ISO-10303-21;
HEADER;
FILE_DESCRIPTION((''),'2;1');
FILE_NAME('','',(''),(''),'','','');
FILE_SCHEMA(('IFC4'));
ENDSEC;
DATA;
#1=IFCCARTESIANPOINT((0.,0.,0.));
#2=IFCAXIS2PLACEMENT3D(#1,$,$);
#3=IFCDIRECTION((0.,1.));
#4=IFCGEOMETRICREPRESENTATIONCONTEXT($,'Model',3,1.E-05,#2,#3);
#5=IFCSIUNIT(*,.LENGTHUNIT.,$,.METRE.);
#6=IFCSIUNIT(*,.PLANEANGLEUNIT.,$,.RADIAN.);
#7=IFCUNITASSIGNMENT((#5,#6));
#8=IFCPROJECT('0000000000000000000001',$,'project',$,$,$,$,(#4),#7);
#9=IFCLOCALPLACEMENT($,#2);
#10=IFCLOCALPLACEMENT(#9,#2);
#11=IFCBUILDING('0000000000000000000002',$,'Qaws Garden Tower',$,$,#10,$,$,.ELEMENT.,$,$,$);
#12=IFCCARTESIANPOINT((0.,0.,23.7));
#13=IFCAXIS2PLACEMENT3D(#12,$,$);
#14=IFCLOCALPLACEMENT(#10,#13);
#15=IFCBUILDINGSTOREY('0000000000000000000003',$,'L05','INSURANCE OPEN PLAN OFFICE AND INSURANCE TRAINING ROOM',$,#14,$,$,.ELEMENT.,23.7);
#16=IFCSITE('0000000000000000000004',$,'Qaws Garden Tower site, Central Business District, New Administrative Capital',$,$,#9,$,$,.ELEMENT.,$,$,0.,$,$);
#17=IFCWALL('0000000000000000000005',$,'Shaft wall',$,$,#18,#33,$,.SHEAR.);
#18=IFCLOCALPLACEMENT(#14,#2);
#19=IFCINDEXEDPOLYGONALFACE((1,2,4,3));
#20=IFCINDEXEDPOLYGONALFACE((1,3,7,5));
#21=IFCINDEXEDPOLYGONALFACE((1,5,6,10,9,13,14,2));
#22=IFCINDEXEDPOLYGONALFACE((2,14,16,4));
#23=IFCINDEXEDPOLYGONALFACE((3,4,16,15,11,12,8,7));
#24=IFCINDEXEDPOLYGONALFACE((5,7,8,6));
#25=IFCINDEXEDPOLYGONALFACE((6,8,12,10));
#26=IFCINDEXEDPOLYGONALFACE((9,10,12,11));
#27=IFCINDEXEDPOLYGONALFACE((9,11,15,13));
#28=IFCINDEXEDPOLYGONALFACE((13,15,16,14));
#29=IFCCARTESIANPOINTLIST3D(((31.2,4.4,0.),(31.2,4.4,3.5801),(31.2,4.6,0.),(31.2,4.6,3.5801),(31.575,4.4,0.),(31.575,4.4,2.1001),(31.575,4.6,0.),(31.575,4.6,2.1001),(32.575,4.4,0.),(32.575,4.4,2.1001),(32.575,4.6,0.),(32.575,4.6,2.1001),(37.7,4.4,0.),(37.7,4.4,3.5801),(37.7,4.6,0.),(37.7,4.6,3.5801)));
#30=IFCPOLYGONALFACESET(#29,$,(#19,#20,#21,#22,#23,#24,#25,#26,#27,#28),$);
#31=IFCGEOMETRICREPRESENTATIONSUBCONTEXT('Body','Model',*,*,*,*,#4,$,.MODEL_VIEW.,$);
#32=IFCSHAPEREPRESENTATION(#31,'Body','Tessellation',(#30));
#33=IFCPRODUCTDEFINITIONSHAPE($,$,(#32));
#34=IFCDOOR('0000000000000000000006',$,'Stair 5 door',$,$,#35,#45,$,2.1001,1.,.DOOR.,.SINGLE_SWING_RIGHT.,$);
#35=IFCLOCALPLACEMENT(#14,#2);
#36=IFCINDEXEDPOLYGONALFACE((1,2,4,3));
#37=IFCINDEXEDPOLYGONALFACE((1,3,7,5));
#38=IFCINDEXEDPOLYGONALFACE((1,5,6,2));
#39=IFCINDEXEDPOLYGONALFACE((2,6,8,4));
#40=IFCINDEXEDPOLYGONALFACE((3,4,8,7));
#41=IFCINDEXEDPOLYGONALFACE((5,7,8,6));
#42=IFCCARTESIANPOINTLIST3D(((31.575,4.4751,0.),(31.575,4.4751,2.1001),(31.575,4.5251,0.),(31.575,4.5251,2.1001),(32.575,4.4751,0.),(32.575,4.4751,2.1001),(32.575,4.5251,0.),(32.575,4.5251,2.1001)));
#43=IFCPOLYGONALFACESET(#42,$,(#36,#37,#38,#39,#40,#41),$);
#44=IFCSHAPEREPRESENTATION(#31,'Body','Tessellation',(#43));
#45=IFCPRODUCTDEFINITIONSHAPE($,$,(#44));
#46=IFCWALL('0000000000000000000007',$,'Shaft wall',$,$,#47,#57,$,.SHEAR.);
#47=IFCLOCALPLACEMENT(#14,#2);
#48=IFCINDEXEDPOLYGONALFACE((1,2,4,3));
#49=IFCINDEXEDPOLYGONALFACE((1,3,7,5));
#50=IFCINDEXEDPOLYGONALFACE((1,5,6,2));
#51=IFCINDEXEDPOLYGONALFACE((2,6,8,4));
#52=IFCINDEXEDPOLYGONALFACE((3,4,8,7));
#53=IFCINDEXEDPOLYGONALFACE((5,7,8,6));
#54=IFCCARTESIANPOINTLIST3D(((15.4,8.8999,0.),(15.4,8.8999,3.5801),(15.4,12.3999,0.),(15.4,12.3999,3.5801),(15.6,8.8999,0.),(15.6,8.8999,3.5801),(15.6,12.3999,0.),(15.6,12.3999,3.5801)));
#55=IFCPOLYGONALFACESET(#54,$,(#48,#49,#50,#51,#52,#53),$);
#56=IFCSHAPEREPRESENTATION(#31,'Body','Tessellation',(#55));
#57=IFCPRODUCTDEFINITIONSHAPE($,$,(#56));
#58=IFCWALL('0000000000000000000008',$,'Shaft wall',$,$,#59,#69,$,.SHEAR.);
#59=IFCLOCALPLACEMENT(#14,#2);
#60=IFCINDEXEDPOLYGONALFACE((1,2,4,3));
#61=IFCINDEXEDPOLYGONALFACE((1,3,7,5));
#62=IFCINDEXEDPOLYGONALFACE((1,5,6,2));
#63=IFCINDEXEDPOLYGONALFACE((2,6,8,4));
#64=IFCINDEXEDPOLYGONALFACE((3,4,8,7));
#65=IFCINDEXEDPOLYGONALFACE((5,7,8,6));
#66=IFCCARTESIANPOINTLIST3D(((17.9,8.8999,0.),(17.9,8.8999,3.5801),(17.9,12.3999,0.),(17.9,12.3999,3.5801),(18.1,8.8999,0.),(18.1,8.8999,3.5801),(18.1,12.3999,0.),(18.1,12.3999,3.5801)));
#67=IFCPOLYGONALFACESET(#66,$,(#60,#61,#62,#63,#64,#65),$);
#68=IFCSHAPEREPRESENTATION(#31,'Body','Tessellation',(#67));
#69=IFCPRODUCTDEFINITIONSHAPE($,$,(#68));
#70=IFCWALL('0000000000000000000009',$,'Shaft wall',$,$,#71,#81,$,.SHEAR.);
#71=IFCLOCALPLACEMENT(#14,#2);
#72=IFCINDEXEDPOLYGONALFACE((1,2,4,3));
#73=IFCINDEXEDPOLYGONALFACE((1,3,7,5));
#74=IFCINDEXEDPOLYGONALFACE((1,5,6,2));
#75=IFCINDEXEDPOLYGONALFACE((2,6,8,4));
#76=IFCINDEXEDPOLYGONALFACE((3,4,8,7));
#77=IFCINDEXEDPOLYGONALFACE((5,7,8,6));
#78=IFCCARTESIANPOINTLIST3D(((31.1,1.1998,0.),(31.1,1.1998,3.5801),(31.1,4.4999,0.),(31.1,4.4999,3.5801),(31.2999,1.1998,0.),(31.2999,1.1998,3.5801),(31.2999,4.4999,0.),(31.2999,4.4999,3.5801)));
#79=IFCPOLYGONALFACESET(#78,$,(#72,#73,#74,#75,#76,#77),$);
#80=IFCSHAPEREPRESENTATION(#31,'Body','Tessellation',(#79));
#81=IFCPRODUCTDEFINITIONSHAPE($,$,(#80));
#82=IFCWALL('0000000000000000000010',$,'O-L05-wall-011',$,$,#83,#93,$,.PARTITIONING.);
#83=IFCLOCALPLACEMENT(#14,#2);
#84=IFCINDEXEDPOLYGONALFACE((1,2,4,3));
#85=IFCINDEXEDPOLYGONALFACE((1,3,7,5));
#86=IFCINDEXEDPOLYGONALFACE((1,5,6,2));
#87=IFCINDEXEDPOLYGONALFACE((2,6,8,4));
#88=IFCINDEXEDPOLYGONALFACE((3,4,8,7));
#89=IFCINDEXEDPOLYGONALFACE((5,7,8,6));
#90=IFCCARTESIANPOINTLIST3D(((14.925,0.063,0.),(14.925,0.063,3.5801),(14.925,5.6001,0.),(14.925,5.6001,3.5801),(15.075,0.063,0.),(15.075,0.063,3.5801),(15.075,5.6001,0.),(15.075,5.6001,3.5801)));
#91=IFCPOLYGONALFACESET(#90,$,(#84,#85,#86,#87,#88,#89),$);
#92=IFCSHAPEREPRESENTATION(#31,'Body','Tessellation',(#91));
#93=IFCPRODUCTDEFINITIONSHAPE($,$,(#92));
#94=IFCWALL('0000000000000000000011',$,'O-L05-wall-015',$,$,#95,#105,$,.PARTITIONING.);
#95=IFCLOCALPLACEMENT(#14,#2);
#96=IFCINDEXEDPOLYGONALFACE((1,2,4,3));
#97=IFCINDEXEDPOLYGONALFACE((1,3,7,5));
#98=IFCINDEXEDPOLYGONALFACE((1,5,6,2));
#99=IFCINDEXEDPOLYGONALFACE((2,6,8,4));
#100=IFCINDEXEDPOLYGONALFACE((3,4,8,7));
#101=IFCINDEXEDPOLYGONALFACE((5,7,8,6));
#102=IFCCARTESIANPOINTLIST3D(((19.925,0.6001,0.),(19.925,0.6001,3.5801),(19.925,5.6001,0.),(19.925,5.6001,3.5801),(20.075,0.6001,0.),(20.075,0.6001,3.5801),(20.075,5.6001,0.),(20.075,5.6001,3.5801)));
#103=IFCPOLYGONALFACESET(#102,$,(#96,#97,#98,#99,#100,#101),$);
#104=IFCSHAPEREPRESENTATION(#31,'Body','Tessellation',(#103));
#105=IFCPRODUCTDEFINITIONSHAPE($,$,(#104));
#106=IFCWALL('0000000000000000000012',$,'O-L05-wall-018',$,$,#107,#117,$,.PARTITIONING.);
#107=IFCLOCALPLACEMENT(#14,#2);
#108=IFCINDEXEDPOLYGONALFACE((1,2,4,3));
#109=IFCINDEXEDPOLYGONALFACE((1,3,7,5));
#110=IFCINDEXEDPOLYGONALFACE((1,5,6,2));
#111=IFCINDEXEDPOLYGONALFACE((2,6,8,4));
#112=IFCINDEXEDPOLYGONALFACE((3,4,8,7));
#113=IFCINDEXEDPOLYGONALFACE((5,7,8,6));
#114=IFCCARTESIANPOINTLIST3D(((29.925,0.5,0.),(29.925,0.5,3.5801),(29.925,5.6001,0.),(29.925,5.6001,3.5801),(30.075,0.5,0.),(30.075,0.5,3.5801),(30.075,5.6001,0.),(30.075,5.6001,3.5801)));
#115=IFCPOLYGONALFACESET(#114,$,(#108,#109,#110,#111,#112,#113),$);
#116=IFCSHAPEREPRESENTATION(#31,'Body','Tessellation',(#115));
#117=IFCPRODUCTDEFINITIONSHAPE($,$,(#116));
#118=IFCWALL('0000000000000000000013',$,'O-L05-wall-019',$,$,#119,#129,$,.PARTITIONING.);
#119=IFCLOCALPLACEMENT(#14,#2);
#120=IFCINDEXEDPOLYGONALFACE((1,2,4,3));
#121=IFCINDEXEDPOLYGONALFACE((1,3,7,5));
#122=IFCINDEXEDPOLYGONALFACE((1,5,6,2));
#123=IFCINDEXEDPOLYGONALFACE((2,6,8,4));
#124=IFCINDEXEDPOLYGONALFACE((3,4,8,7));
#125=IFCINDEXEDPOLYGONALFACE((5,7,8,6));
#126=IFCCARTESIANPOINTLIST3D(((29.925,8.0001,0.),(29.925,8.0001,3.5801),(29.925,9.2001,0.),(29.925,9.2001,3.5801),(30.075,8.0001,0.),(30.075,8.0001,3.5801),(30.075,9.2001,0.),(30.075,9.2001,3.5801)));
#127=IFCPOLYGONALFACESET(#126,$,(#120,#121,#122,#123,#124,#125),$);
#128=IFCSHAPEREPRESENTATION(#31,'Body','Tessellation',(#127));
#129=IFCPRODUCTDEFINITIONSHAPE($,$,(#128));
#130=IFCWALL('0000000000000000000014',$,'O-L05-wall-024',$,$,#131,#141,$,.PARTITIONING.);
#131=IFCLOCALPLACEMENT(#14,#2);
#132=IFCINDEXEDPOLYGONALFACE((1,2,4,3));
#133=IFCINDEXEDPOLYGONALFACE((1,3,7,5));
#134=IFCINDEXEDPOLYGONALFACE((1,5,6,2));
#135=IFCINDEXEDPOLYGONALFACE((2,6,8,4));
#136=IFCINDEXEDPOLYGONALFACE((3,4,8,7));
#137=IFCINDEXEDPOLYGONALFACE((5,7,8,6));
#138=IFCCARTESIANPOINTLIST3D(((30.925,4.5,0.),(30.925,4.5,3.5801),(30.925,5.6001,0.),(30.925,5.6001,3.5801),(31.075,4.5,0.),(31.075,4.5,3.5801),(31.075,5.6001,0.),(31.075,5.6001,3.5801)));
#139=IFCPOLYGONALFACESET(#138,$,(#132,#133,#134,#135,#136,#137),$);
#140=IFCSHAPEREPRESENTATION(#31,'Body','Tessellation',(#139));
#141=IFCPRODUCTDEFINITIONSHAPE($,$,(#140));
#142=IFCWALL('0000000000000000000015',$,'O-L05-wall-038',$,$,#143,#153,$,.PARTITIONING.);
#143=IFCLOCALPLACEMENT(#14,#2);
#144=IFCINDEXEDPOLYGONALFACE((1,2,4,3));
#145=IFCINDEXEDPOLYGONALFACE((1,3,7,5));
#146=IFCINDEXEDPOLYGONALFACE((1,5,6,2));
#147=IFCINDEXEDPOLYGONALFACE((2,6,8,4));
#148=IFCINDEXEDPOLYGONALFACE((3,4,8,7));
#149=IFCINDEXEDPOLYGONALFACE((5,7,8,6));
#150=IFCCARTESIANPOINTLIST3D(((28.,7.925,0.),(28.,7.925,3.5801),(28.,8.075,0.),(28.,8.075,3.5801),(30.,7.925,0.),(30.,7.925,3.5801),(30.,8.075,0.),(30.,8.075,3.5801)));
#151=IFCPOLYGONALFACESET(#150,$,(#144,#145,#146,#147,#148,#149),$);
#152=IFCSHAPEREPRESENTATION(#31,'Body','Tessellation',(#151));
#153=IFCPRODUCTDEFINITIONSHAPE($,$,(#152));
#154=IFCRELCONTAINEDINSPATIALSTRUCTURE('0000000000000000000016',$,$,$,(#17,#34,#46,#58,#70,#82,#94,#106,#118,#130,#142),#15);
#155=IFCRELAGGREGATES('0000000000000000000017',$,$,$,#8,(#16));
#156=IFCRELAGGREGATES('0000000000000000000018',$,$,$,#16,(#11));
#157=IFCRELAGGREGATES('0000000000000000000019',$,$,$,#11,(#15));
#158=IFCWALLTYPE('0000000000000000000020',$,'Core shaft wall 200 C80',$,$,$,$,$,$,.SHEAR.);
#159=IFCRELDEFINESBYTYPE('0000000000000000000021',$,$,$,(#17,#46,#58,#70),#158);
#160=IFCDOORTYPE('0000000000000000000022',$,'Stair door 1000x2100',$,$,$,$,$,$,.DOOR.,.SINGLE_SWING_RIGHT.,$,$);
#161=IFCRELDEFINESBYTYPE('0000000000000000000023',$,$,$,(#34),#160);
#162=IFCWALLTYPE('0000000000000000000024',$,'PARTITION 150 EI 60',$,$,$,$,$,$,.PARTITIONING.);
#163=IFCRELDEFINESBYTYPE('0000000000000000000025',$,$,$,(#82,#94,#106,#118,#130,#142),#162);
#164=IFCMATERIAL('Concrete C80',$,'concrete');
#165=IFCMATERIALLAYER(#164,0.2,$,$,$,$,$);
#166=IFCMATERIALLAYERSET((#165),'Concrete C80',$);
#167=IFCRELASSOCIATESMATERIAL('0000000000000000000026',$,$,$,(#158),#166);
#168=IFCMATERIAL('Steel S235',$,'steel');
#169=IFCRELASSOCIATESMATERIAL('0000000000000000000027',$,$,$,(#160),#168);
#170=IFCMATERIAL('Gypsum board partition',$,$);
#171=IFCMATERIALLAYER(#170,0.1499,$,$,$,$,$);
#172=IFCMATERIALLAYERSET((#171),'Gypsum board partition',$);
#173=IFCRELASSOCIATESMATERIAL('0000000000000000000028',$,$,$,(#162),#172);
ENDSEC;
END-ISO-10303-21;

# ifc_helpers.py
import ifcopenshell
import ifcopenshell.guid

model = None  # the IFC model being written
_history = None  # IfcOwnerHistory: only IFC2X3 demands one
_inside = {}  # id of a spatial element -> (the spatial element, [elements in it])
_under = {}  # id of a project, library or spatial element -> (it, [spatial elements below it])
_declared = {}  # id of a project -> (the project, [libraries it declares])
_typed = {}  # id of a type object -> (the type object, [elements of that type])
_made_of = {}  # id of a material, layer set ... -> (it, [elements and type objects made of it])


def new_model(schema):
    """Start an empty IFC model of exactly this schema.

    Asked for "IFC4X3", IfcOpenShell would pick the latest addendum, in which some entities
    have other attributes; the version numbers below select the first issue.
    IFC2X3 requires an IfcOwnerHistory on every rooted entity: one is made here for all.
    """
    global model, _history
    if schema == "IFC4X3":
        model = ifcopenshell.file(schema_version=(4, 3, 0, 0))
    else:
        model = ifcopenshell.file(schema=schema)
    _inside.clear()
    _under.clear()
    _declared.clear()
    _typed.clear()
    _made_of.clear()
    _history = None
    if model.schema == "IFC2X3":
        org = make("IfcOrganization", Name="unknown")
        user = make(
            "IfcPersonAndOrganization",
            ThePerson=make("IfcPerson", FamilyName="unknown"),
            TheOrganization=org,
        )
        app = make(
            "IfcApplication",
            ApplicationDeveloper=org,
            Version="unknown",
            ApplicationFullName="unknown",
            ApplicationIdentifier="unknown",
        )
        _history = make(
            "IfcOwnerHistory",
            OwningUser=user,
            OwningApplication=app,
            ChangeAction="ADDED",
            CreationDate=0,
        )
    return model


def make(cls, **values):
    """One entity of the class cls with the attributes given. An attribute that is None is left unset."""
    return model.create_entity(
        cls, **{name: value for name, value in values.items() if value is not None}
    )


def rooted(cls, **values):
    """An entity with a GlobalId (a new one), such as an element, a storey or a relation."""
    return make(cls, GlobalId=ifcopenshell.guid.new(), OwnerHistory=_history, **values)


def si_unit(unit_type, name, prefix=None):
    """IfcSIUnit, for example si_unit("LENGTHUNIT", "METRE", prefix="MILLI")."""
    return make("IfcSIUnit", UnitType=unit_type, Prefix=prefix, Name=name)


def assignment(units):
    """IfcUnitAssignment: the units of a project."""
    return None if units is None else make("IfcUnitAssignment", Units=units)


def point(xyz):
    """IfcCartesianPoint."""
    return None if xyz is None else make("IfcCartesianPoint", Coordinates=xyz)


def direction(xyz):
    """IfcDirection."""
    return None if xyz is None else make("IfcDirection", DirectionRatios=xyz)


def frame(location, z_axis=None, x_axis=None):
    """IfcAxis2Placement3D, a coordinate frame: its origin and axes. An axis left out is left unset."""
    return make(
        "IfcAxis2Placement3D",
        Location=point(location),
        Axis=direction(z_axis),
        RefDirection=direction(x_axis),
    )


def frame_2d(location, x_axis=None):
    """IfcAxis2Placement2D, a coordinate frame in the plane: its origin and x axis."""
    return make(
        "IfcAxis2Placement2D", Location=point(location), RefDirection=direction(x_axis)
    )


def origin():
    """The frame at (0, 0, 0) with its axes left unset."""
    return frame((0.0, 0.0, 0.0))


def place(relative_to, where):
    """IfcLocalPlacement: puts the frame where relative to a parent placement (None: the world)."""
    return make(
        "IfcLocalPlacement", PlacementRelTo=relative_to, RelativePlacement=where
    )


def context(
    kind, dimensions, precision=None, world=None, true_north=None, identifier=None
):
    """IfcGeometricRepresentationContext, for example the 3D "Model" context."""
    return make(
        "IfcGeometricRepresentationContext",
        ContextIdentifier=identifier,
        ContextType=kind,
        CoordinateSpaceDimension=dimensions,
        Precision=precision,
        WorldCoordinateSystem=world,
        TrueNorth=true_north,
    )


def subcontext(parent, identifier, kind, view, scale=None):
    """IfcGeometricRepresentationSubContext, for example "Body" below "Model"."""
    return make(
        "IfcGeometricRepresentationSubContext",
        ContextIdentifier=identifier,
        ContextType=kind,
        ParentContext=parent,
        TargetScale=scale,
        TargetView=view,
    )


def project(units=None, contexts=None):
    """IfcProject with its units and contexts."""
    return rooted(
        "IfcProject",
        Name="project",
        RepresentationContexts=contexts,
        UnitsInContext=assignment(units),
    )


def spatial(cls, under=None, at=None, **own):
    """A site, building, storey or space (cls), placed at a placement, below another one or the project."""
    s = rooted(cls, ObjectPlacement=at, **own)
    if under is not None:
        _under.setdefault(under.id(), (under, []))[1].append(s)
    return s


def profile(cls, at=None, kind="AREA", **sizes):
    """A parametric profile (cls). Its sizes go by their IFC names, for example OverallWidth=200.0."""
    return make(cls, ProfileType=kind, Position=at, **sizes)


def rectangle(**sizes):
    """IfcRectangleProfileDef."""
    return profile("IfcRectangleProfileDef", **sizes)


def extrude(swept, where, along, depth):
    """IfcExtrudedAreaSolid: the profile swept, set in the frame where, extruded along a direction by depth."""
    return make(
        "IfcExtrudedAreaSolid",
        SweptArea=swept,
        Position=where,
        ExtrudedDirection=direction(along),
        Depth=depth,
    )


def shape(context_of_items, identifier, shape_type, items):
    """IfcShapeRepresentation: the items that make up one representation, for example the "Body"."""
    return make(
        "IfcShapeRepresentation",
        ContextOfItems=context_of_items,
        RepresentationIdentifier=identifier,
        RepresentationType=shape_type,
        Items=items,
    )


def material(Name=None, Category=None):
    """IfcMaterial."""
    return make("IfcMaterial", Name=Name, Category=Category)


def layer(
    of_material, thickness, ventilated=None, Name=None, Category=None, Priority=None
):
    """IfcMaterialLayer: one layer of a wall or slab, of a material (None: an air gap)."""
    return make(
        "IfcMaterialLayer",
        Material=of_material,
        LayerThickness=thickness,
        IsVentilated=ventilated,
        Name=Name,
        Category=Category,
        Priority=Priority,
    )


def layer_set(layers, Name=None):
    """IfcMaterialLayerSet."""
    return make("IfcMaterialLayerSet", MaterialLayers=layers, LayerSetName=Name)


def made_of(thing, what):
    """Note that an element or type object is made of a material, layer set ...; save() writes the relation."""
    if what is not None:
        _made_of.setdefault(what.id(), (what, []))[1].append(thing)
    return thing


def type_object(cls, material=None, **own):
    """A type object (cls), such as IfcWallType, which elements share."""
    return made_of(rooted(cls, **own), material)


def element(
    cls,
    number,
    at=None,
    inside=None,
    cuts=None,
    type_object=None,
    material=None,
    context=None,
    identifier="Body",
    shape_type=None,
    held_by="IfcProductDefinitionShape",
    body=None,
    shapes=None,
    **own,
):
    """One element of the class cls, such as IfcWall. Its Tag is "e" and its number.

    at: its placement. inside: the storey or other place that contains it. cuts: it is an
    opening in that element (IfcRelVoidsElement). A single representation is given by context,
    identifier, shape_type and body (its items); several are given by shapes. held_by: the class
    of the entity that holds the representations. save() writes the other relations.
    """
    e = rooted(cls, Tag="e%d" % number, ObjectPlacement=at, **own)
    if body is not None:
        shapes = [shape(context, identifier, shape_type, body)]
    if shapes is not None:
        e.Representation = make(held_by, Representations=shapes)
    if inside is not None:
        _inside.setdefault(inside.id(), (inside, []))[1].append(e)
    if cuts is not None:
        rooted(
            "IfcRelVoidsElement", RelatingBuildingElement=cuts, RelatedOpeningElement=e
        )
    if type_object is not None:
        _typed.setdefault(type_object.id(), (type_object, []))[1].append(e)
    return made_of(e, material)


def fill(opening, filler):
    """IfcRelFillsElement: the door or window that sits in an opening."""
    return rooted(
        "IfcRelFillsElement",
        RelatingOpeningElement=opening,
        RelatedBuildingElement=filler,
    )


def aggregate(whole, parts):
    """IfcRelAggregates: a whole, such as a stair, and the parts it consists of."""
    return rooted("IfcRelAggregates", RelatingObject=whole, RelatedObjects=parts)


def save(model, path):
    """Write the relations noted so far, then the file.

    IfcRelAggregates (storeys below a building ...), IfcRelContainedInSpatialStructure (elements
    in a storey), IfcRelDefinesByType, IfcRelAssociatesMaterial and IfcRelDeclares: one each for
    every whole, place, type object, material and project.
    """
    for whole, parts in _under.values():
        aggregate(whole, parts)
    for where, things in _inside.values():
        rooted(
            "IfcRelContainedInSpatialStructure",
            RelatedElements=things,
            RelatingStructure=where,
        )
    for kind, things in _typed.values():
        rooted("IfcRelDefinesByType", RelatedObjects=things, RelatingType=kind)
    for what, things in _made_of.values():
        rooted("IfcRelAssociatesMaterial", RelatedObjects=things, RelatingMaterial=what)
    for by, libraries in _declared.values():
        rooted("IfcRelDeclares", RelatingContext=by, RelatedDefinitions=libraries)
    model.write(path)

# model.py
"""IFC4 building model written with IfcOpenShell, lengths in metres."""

from ifc_helpers import new_model, si_unit, direction, frame, frame_2d, origin, place, context, subcontext, project, spatial, rectangle, extrude, material, layer, layer_set, type_object, element, fill, save


model = new_model("IFC4")

# Units and contexts
model_context = context("Model", 3, precision=1e-05, world=origin(), true_north=direction((0.0, 1.0)))
body_context = subcontext(model_context, "Body", "Model", "MODEL_VIEW")
ifc_project = project(units=[si_unit("LENGTHUNIT", "METRE"), si_unit("PLANEANGLEUNIT", "RADIAN")], contexts=[model_context])

# Site, building, storey
site_placement = place(None, origin())
site = spatial("IfcSite", under=ifc_project, at=site_placement, Name="Qaws Garden Tower site, Central Business District, New Administrative Capital", CompositionType="ELEMENT", RefElevation=0.0)
building_placement = place(site_placement, origin())
building = spatial("IfcBuilding", under=site, at=building_placement, Name="Qaws Garden Tower", CompositionType="ELEMENT")
storey_placement = place(building_placement, frame((0.0, 0.0, 23.7)))
storey = spatial("IfcBuildingStorey", under=building, at=storey_placement, Name="L05", Description="INSURANCE OPEN PLAN OFFICE AND INSURANCE TRAINING ROOM", CompositionType="ELEMENT", Elevation=23.7)

# Shared definitions
ifc_material_1 = material(Name="Concrete C80", Category="concrete")
ifc_layer_1 = layer(ifc_material_1, 0.2)
ifc_layer_set_1 = layer_set([ifc_layer_1], Name="Concrete C80")
wall_type_1 = type_object("IfcWallType", Name="Core shaft wall 200 C80", PredefinedType="SHEAR", material=ifc_layer_set_1)

# Wall, opening, door
wall_1_placement = place(storey_placement, frame((31.2, 4.5, 0.0), z_axis=(0.0, 0.0, 1.0), x_axis=(1.0, 0.0, 0.0)))
wall_1 = element("IfcWall", 1, at=wall_1_placement, inside=storey, type_object=wall_type_1, Name="Shaft wall", PredefinedType="SHEAR", context=body_context, shape_type="SweptSolid", body=[
    extrude(rectangle(XDim=6.5, YDim=0.2, at=frame_2d((3.25, 0.0))), origin(), (0.0, 0.0, 1.0), 3.5801),
])
opening_1_placement = place(wall_1_placement, frame((0.375, 0.0, 0.0)))
opening_1 = element("IfcOpeningElement", 2, at=opening_1_placement, cuts=wall_1, PredefinedType="OPENING", context=body_context, shape_type="SweptSolid", body=[
    extrude(rectangle(XDim=1.0, YDim=2.1001, at=frame_2d((0.5, 1.05))), frame((0.0, 0.1099, 0.0), z_axis=(0.0, -1.0, 0.0), x_axis=(1.0, 0.0, 0.0)), (0.0, 0.0, 1.0), 0.22),
])
ifc_material_2 = material(Name="Steel S235", Category="steel")
door_type = type_object("IfcDoorType", Name="Stair door 1000x2100", OperationType="SINGLE_SWING_RIGHT", PredefinedType="DOOR", material=ifc_material_2)
door_placement = place(opening_1_placement, frame((1.0, 0.0, 0.0), z_axis=(0.0, 0.0, 1.0), x_axis=(-1.0, 0.0, 0.0)))
door = element("IfcDoor", 3, at=door_placement, inside=storey, type_object=door_type, Name="Stair 5 door", OperationType="SINGLE_SWING_RIGHT", OverallHeight=2.1001, OverallWidth=1.0, PredefinedType="DOOR", context=body_context, shape_type="SweptSolid", body=[
    extrude(rectangle(XDim=1.0, YDim=2.1001, at=frame_2d((0.5, 1.05))), frame((0.0, 0.0249, 0.0), z_axis=(0.0, -1.0, 0.0), x_axis=(1.0, 0.0, 0.0)), (0.0, 0.0, 1.0), 0.05),
])
fill(opening_1, door)

# Walls
for number, where, z_axis, x_axis, name in (
    (4, (15.5, 8.8999, 0.0), (0.0, 0.0, 1.0), (0.0, 1.0, 0.0), "Shaft wall"),
    (5, (18.0, 8.8999, 0.0), (0.0, 0.0, 1.0), (0.0, 1.0, 0.0), "Shaft wall"),
):
    element("IfcWall", number, at=place(storey_placement, frame(where, z_axis=z_axis, x_axis=x_axis)), inside=storey, type_object=wall_type_1, Name=name, PredefinedType="SHEAR", context=body_context, shape_type="SweptSolid", body=[
        extrude(rectangle(XDim=3.5, YDim=0.2, at=frame_2d((1.75, 0.0))), origin(), (0.0, 0.0, 1.0), 3.5801),
    ])
wall_2_placement = place(storey_placement, frame((31.2, 1.2, 0.0), z_axis=(0.0, 0.0, 1.0), x_axis=(0.0, 1.0, 0.0)))
element("IfcWall", 6, at=wall_2_placement, inside=storey, type_object=wall_type_1, Name="Shaft wall", PredefinedType="SHEAR", context=body_context, shape_type="SweptSolid", body=[
    extrude(rectangle(XDim=3.3, YDim=0.2, at=frame_2d((1.6499, 0.0))), origin(), (0.0, 0.0, 1.0), 3.5801),
])
ifc_material_3 = material(Name="Gypsum board partition")
ifc_layer_2 = layer(ifc_material_3, 0.1499)
ifc_layer_set_2 = layer_set([ifc_layer_2], Name="Gypsum board partition")
wall_type_2 = type_object("IfcWallType", Name="PARTITION 150 EI 60", PredefinedType="PARTITIONING", material=ifc_layer_set_2)
wall_3_placement = place(storey_placement, frame((15.0, 0.063, 0.0), z_axis=(0.0, 0.0, 1.0), x_axis=(0.0, 1.0, 0.0)))
element("IfcWall", 7, at=wall_3_placement, inside=storey, type_object=wall_type_2, Name="O-L05-wall-011", PredefinedType="PARTITIONING", context=body_context, shape_type="SweptSolid", body=[
    extrude(rectangle(XDim=5.5371, YDim=0.1499, at=frame_2d((2.7686, 0.0))), origin(), (0.0, 0.0, 1.0), 3.5801),
])
wall_4_placement = place(storey_placement, frame((20.0, 0.6001, 0.0), z_axis=(0.0, 0.0, 1.0), x_axis=(0.0, 1.0, 0.0)))
element("IfcWall", 8, at=wall_4_placement, inside=storey, type_object=wall_type_2, Name="O-L05-wall-015", PredefinedType="PARTITIONING", context=body_context, shape_type="SweptSolid", body=[
    extrude(rectangle(XDim=5.0, YDim=0.1499, at=frame_2d((2.5, 0.0))), origin(), (0.0, 0.0, 1.0), 3.5801),
])
wall_5_placement = place(storey_placement, frame((30.0, 0.5, 0.0), z_axis=(0.0, 0.0, 1.0), x_axis=(0.0, 1.0, 0.0)))
element("IfcWall", 9, at=wall_5_placement, inside=storey, type_object=wall_type_2, Name="O-L05-wall-018", PredefinedType="PARTITIONING", context=body_context, shape_type="SweptSolid", body=[
    extrude(rectangle(XDim=5.1001, YDim=0.1499, at=frame_2d((2.55, 0.0))), origin(), (0.0, 0.0, 1.0), 3.5801),
])
wall_6_placement = place(storey_placement, frame((30.0, 8.0, 0.0), z_axis=(0.0, 0.0, 1.0), x_axis=(0.0, 1.0, 0.0)))
element("IfcWall", 10, at=wall_6_placement, inside=storey, type_object=wall_type_2, Name="O-L05-wall-019", PredefinedType="PARTITIONING", context=body_context, shape_type="SweptSolid", body=[
    extrude(rectangle(XDim=1.2, YDim=0.1499, at=frame_2d((0.6001, 0.0))), origin(), (0.0, 0.0, 1.0), 3.5801),
])
wall_7_placement = place(storey_placement, frame((31.0, 4.5, 0.0), z_axis=(0.0, 0.0, 1.0), x_axis=(0.0, 1.0, 0.0)))
element("IfcWall", 11, at=wall_7_placement, inside=storey, type_object=wall_type_2, Name="O-L05-wall-024", PredefinedType="PARTITIONING", context=body_context, shape_type="SweptSolid", body=[
    extrude(rectangle(XDim=1.1001, YDim=0.1499, at=frame_2d((0.55, 0.0))), origin(), (0.0, 0.0, 1.0), 3.5801),
])
wall_8_placement = place(storey_placement, frame((28.0, 8.0, 0.0), z_axis=(0.0, 0.0, 1.0), x_axis=(1.0, 0.0, 0.0)))
element("IfcWall", 12, at=wall_8_placement, inside=storey, type_object=wall_type_2, Name="O-L05-wall-038", PredefinedType="PARTITIONING", context=body_context, shape_type="SweptSolid", body=[
    extrude(rectangle(XDim=2.0, YDim=0.1499, at=frame_2d((1.0, 0.0))), origin(), (0.0, 0.0, 1.0), 3.5801),
])

save(model, "model.ifc")
